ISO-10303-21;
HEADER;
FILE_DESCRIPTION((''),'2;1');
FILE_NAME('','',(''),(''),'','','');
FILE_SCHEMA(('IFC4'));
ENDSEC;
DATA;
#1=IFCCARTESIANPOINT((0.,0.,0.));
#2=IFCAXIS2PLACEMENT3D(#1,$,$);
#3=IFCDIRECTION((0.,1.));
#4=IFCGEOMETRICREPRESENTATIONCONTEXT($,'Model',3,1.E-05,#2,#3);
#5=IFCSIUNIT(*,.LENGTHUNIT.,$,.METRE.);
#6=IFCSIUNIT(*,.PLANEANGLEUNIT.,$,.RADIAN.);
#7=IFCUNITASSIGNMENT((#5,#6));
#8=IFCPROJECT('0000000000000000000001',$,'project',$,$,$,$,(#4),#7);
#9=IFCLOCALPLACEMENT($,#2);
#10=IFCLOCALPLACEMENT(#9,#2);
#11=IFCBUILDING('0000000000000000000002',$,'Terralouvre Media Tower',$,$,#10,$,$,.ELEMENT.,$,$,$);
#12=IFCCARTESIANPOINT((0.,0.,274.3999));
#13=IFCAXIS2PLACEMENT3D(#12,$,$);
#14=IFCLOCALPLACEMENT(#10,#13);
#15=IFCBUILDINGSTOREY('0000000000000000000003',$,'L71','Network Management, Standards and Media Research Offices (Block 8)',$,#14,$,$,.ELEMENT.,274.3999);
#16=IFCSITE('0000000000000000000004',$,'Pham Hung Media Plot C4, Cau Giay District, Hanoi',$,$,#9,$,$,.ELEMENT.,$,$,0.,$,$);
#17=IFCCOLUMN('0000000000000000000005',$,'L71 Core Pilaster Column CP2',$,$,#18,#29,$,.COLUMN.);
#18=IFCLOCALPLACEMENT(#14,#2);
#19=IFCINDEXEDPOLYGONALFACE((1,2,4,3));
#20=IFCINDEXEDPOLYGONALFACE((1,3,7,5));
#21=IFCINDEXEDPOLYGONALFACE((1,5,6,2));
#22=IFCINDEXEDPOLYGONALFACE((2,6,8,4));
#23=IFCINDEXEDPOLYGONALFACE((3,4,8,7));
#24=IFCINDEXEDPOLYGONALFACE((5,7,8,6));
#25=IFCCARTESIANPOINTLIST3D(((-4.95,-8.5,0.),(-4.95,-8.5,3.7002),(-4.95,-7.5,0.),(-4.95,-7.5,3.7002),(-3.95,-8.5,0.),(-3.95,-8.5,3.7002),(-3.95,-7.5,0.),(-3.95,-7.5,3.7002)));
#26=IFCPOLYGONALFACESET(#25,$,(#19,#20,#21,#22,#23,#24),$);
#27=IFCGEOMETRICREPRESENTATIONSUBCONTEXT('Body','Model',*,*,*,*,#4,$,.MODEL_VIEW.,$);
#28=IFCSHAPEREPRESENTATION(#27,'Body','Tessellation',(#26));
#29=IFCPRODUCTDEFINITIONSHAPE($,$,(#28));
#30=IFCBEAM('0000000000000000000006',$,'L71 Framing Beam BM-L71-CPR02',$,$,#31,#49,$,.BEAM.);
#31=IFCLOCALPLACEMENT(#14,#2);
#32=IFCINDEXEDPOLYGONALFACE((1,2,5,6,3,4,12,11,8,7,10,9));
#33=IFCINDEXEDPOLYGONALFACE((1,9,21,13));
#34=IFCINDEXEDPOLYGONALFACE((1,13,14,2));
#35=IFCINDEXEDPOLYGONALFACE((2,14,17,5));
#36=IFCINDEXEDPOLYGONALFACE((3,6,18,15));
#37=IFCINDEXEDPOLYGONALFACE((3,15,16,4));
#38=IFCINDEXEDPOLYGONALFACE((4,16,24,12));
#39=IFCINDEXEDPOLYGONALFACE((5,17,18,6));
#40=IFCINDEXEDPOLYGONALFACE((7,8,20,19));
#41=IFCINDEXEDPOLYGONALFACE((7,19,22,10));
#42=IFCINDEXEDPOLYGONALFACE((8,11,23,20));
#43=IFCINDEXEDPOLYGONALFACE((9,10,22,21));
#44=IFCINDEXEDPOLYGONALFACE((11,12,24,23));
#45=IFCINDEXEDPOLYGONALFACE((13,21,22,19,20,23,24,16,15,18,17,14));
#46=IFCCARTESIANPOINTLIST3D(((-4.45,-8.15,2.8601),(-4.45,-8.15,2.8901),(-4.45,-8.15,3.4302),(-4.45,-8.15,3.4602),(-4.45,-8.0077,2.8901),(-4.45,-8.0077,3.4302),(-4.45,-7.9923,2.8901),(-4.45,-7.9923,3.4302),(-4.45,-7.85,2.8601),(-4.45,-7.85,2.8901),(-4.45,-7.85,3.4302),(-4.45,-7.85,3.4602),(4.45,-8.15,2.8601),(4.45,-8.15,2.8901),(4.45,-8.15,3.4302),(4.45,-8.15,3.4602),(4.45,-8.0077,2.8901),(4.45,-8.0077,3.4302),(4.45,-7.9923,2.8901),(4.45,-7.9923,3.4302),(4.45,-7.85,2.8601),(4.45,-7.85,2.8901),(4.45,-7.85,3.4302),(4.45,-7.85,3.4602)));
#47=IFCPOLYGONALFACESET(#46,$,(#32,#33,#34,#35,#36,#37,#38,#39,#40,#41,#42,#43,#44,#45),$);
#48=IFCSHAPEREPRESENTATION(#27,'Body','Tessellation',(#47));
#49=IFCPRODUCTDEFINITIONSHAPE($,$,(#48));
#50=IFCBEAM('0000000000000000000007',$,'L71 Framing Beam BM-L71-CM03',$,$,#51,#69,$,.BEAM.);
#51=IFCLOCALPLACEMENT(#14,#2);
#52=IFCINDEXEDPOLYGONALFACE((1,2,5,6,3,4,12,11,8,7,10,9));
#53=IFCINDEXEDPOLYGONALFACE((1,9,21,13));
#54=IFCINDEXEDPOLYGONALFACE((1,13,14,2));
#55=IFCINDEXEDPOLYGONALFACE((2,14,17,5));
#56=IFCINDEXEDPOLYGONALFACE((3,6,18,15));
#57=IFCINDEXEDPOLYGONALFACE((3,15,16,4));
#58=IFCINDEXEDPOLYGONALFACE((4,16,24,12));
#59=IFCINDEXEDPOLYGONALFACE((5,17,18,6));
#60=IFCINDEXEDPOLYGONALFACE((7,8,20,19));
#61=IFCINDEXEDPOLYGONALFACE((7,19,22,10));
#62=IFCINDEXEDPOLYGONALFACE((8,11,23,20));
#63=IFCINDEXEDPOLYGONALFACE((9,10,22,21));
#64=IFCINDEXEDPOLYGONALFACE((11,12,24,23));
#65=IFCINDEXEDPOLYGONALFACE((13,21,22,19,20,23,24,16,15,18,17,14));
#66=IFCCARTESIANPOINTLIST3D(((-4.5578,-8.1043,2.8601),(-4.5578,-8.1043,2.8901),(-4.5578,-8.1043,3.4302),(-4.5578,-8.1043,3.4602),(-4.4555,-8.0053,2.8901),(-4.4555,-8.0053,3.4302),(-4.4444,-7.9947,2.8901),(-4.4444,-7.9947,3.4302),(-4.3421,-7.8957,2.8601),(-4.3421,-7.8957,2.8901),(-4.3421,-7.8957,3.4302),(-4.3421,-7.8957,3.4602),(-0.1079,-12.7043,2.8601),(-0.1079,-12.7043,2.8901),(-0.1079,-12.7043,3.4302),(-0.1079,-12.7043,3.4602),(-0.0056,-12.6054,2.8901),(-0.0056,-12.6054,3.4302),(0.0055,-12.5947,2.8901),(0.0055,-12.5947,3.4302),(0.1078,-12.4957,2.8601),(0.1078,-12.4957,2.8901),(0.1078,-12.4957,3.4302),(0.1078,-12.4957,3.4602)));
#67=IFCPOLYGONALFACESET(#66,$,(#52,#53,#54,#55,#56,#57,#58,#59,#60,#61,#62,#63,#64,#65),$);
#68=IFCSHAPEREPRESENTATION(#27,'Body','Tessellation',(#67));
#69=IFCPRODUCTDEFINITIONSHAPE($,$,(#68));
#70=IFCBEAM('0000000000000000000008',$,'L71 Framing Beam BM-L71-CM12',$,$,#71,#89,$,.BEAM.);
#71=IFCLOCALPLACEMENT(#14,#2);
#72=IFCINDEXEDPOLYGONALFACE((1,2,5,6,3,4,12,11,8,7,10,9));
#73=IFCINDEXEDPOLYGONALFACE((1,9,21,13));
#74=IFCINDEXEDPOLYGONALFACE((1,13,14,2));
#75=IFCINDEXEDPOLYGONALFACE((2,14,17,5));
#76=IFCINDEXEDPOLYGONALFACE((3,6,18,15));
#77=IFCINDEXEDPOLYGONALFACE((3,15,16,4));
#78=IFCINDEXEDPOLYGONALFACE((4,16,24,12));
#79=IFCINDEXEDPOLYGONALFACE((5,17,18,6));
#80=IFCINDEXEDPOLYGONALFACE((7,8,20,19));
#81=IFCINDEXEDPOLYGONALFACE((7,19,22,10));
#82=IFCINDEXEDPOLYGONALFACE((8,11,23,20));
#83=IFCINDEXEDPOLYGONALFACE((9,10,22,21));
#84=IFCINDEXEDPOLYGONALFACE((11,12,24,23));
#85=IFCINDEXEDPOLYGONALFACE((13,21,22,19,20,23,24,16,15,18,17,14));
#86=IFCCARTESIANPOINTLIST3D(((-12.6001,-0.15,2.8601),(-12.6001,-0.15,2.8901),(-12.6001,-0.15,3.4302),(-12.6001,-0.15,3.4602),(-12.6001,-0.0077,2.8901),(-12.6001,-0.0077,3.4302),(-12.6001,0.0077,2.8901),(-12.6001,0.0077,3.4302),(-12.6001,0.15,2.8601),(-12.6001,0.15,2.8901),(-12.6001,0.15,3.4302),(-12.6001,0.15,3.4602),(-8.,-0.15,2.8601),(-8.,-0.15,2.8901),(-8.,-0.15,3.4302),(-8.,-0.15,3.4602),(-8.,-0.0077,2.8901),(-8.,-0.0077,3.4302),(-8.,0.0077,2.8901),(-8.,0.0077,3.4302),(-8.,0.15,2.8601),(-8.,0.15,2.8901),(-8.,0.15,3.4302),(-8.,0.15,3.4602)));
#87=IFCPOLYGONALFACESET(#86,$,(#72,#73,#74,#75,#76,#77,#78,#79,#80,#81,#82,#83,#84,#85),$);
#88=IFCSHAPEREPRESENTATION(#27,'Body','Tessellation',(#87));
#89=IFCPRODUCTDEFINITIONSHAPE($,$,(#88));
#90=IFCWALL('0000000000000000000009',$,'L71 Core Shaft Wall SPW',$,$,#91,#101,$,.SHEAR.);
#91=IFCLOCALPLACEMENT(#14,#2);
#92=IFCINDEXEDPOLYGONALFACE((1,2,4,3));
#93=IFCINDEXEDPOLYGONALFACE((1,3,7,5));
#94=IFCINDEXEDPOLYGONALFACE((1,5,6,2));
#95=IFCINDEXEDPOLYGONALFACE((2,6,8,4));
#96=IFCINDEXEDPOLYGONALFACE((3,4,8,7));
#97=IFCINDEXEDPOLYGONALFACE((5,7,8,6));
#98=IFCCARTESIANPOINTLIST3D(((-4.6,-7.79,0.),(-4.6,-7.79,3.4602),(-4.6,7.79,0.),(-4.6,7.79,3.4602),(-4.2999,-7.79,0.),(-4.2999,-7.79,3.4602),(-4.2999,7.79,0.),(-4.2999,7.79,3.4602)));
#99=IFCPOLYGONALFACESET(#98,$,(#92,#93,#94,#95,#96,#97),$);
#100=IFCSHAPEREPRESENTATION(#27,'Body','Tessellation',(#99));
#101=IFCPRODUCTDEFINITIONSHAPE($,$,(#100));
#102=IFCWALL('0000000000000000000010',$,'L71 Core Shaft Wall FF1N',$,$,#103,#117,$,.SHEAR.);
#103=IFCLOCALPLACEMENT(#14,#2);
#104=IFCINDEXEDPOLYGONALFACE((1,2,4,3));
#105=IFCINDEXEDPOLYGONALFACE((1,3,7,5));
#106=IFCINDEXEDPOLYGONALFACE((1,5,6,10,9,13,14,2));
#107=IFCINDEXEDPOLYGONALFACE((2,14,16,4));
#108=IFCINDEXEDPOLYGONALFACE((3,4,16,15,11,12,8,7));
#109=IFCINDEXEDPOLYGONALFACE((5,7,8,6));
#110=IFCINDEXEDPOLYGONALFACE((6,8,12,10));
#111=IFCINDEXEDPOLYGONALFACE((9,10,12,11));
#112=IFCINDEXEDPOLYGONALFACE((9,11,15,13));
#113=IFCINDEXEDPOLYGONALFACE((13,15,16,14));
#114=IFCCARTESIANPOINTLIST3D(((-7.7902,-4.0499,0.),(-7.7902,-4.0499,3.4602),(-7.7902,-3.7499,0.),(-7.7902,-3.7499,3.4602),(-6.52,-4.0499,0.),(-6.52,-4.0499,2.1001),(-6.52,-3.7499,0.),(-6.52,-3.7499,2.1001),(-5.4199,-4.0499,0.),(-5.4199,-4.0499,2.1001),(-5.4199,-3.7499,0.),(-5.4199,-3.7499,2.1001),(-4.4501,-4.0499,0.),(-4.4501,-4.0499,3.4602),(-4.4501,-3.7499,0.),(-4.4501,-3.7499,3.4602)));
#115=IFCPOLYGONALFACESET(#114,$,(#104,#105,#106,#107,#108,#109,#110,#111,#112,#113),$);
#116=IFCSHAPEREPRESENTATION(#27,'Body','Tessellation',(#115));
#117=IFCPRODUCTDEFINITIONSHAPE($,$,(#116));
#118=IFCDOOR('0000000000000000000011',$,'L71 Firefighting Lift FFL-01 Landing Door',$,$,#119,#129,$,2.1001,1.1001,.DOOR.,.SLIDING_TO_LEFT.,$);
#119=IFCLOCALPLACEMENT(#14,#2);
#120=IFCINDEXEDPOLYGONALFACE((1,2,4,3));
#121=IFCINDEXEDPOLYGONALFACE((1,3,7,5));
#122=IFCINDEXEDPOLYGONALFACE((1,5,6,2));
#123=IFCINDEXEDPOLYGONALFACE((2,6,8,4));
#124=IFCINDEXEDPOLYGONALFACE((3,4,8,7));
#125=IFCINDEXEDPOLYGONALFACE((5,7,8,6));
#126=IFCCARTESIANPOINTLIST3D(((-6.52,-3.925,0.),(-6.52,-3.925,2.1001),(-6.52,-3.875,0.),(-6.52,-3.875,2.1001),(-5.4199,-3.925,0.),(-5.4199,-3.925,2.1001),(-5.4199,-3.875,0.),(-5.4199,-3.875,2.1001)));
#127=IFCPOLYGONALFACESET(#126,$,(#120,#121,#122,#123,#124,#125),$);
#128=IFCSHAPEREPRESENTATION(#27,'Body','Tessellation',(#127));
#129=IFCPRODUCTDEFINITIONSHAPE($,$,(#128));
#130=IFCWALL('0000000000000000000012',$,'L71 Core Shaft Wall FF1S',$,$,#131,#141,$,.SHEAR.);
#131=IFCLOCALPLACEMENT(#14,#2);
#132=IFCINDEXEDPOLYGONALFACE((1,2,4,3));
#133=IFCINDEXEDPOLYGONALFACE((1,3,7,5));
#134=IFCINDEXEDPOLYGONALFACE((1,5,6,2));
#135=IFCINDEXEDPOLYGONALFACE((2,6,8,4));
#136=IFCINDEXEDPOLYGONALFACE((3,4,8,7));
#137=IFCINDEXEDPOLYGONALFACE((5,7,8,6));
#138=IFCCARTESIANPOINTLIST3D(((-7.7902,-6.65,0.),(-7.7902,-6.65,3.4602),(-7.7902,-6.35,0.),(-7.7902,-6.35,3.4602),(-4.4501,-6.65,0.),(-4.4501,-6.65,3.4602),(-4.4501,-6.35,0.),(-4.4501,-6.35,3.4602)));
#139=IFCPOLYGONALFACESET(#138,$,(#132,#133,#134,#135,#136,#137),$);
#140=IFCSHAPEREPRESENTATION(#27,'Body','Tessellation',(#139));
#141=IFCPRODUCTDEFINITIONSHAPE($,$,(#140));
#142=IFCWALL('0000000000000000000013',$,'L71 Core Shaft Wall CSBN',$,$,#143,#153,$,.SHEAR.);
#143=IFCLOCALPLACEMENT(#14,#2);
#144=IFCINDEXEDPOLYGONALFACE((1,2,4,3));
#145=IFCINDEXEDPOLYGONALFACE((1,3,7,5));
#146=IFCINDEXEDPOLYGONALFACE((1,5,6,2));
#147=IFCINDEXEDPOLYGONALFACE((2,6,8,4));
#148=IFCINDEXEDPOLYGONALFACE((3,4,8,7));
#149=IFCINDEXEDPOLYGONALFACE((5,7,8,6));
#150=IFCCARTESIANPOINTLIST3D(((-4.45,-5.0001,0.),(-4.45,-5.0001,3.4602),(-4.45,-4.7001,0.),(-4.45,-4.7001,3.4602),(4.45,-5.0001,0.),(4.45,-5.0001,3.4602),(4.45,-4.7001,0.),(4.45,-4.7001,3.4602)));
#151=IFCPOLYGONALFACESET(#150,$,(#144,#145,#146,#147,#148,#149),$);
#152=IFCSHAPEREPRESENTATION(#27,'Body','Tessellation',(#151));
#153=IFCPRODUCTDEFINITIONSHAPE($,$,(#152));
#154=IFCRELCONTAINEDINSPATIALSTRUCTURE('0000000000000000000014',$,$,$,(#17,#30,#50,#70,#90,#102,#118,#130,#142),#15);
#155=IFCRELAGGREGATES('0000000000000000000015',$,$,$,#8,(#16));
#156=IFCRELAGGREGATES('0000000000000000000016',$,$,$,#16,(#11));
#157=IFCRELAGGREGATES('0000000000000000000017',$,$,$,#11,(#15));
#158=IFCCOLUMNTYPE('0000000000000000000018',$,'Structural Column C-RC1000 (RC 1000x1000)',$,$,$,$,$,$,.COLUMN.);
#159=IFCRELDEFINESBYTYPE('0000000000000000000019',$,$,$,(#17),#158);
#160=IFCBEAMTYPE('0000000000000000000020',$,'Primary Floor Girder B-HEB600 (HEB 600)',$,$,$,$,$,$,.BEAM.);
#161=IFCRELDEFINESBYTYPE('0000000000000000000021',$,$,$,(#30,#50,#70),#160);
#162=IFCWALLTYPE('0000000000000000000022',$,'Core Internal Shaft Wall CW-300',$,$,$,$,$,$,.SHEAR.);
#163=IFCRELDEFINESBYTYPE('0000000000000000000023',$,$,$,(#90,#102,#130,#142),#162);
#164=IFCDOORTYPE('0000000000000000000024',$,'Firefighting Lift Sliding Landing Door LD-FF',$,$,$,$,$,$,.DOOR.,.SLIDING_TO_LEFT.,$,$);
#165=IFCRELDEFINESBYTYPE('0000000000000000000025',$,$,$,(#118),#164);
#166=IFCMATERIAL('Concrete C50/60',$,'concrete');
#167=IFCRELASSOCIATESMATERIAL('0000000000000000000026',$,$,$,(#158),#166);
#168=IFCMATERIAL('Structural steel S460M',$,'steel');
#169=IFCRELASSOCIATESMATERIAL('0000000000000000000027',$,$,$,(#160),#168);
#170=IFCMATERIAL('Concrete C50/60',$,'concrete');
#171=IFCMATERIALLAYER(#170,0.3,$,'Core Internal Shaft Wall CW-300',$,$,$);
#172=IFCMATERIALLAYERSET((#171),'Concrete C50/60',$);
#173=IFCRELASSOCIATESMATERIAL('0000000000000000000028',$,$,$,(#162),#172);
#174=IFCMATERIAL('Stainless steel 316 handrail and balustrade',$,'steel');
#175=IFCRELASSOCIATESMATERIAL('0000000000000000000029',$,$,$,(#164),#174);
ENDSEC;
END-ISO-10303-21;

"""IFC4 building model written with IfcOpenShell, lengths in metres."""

from ifc_helpers import new_model, si_unit, direction, frame, frame_2d, origin, origin_2d, place, context, subcontext, project, spatial, rectangle, i_section, extrude, material, layer, layer_set, material_profile, profile_set, type_object, element, fill, save


model = new_model("IFC4")

# Units and contexts
model_context = context("Model", 3, precision=1e-05, world=origin(), true_north=direction((0.0, 1.0)))
body_context = subcontext(model_context, "Body", "Model", "MODEL_VIEW")
ifc_project = project(units=[si_unit("LENGTHUNIT", "METRE"), si_unit("PLANEANGLEUNIT", "RADIAN")], contexts=[model_context])

# Site, building, storey
site_placement = place(None, origin())
site = spatial("IfcSite", under=ifc_project, at=site_placement, Name="Pham Hung Media Plot C4, Cau Giay District, Hanoi", CompositionType="ELEMENT", RefElevation=0.0)
building_placement = place(site_placement, origin())
building = spatial("IfcBuilding", under=site, at=building_placement, Name="Terralouvre Media Tower", CompositionType="ELEMENT")
storey_placement = place(building_placement, frame((0.0, 0.0, 274.3999)))
storey = spatial("IfcBuildingStorey", under=building, at=storey_placement, Name="L71", Description="Network Management, Standards and Media Research Offices (Block 8)", CompositionType="ELEMENT", Elevation=274.3999)

# Column
ifc_material_1 = material(Name="Concrete C50/60", Category="concrete")
ifc_material_profile_1 = material_profile(ifc_material_1, rectangle(XDim=1.0, YDim=1.0, at=origin_2d()), Name="RC 1000x1000")
ifc_profile_set_1 = profile_set([ifc_material_profile_1], Name="Concrete C50/60")
column_type = type_object("IfcColumnType", Name="Structural Column C-RC1000 (RC 1000x1000)", PredefinedType="COLUMN", material=ifc_profile_set_1)
column_placement = place(storey_placement, frame((-4.45, -8.0, 0.0), z_axis=(0.0, 0.0, 1.0), x_axis=(1.0, 0.0, 0.0)))
element("IfcColumn", 1, at=column_placement, inside=storey, type_object=column_type, Name="L71 Core Pilaster Column CP2", PredefinedType="COLUMN", context=body_context, shape_type="SweptSolid", body=[
    extrude(rectangle(XDim=1.0, YDim=1.0, at=origin_2d()), origin(), (0.0, 0.0, 1.0), 3.7002),
])

# Beams
ifc_material_2 = material(Name="Structural steel S460M", Category="steel")
ifc_material_profile_2 = material_profile(ifc_material_2, i_section(OverallWidth=0.3, OverallDepth=0.6001, WebThickness=0.0154, FlangeThickness=0.03, at=origin_2d()), Name="HEB 600")
ifc_profile_set_2 = profile_set([ifc_material_profile_2], Name="Structural steel S460M")
beam_type = type_object("IfcBeamType", Name="Primary Floor Girder B-HEB600 (HEB 600)", PredefinedType="BEAM", material=ifc_profile_set_2)
beam_1_placement = place(storey_placement, frame((-4.45, -8.0, 3.1602), z_axis=(1.0, 0.0, 0.0), x_axis=(0.0, 1.0, 0.0)))
element("IfcBeam", 2, at=beam_1_placement, inside=storey, type_object=beam_type, Name="L71 Framing Beam BM-L71-CPR02", PredefinedType="BEAM", context=body_context, shape_type="SweptSolid", body=[
    extrude(i_section(OverallWidth=0.3, OverallDepth=0.6001, WebThickness=0.0154, FlangeThickness=0.03, at=origin_2d()), origin(), (0.0, 0.0, 1.0), 8.8999),
])
beam_2_placement = place(storey_placement, frame((-4.45, -8.0, 3.1602), z_axis=(0.69528, -0.718739, 0.0), x_axis=(0.718739, 0.69528, 0.0)))
element("IfcBeam", 3, at=beam_2_placement, inside=storey, type_object=beam_type, Name="L71 Framing Beam BM-L71-CM03", PredefinedType="BEAM", context=body_context, shape_type="SweptSolid", body=[
    extrude(i_section(OverallWidth=0.3, OverallDepth=0.6001, WebThickness=0.0154, FlangeThickness=0.03, at=origin_2d()), origin(), (0.0, 0.0, 1.0), 6.4001),
])
beam_3_placement = place(storey_placement, frame((-8.0, 0.0, 3.1602), z_axis=(-1.0, 0.0, 0.0), x_axis=(0.0, -1.0, 0.0)))
element("IfcBeam", 4, at=beam_3_placement, inside=storey, type_object=beam_type, Name="L71 Framing Beam BM-L71-CM12", PredefinedType="BEAM", context=body_context, shape_type="SweptSolid", body=[
    extrude(i_section(OverallWidth=0.3, OverallDepth=0.6001, WebThickness=0.0154, FlangeThickness=0.03, at=origin_2d()), origin(), (0.0, 0.0, 1.0), 4.6001),
])

# Wall
ifc_material_3 = material(Name="Concrete C50/60", Category="concrete")
ifc_layer_1 = layer(ifc_material_3, 0.3, Name="Core Internal Shaft Wall CW-300")
ifc_layer_set_1 = layer_set([ifc_layer_1], Name="Concrete C50/60")
wall_type_1 = type_object("IfcWallType", Name="Core Internal Shaft Wall CW-300", PredefinedType="SHEAR", material=ifc_layer_set_1)
wall_1_placement = place(storey_placement, frame((-4.45, -7.79, 0.0), z_axis=(0.0, 0.0, 1.0), x_axis=(0.0, 1.0, 0.0)))
element("IfcWall", 5, at=wall_1_placement, inside=storey, type_object=wall_type_1, Name="L71 Core Shaft Wall SPW", PredefinedType="SHEAR", context=body_context, shape_type="SweptSolid", body=[
    extrude(rectangle(XDim=15.5801, YDim=0.3, at=frame_2d((7.79, 0.0))), origin(), (0.0, 0.0, 1.0), 3.4602),
])

# Wall, opening, door
wall_2_placement = place(storey_placement, frame((-7.79, -3.8999, 0.0), z_axis=(0.0, 0.0, 1.0), x_axis=(1.0, 0.0, 0.0)))
wall_2 = element("IfcWall", 6, at=wall_2_placement, inside=storey, type_object=wall_type_1, Name="L71 Core Shaft Wall FF1N", PredefinedType="SHEAR", context=body_context, shape_type="SweptSolid", body=[
    extrude(rectangle(XDim=3.3401, YDim=0.3, at=frame_2d((1.6699, 0.0))), origin(), (0.0, 0.0, 1.0), 3.4602),
])
opening_1_placement = place(wall_2_placement, frame((1.27, 0.0, 0.0)))
opening_1 = element("IfcOpeningElement", 7, at=opening_1_placement, cuts=wall_2, PredefinedType="OPENING", context=body_context, shape_type="SweptSolid", body=[
    extrude(rectangle(XDim=1.1001, YDim=2.1001, at=frame_2d((0.55, 1.05))), frame((0.0, 0.1599, 0.0), z_axis=(0.0, -1.0, 0.0), x_axis=(1.0, 0.0, 0.0)), (0.0, 0.0, 1.0), 0.3201),
])
ifc_material_4 = material(Name="Stainless steel 316 handrail and balustrade", Category="steel")
door_type_1 = type_object("IfcDoorType", Name="Firefighting Lift Sliding Landing Door LD-FF", OperationType="SLIDING_TO_LEFT", PredefinedType="DOOR", material=ifc_material_4)
door_1_placement = place(opening_1_placement, origin())
door_1 = element("IfcDoor", 8, at=door_1_placement, inside=storey, type_object=door_type_1, Name="L71 Firefighting Lift FFL-01 Landing Door", OperationType="SLIDING_TO_LEFT", OverallHeight=2.1001, OverallWidth=1.1001, PredefinedType="DOOR", context=body_context, shape_type="SweptSolid", body=[
    extrude(rectangle(XDim=1.1001, YDim=2.1001, at=frame_2d((0.55, 1.05))), frame((0.0, 0.0249, 0.0), z_axis=(0.0, -1.0, 0.0), x_axis=(1.0, 0.0, 0.0)), (0.0, 0.0, 1.0), 0.05),
])
fill(opening_1, door_1)

# Walls
wall_3_placement = place(storey_placement, frame((-7.79, -6.5, 0.0), z_axis=(0.0, 0.0, 1.0), x_axis=(1.0, 0.0, 0.0)))
element("IfcWall", 9, at=wall_3_placement, inside=storey, type_object=wall_type_1, Name="L71 Core Shaft Wall FF1S", PredefinedType="SHEAR", context=body_context, shape_type="SweptSolid", body=[
    extrude(rectangle(XDim=3.3401, YDim=0.3, at=frame_2d((1.6699, 0.0))), origin(), (0.0, 0.0, 1.0), 3.4602),
])
wall_4_placement = place(storey_placement, frame((-4.45, -4.8501, 0.0), z_axis=(0.0, 0.0, 1.0), x_axis=(1.0, 0.0, 0.0)))
element("IfcWall", 10, at=wall_4_placement, inside=storey, type_object=wall_type_1, Name="L71 Core Shaft Wall CSBN", PredefinedType="SHEAR", context=body_context, shape_type="SweptSolid", body=[
    extrude(rectangle(XDim=8.8999, YDim=0.3, at=frame_2d((4.45, 0.0))), origin(), (0.0, 0.0, 1.0), 3.4602),
])

save(model, "model.ifc")
